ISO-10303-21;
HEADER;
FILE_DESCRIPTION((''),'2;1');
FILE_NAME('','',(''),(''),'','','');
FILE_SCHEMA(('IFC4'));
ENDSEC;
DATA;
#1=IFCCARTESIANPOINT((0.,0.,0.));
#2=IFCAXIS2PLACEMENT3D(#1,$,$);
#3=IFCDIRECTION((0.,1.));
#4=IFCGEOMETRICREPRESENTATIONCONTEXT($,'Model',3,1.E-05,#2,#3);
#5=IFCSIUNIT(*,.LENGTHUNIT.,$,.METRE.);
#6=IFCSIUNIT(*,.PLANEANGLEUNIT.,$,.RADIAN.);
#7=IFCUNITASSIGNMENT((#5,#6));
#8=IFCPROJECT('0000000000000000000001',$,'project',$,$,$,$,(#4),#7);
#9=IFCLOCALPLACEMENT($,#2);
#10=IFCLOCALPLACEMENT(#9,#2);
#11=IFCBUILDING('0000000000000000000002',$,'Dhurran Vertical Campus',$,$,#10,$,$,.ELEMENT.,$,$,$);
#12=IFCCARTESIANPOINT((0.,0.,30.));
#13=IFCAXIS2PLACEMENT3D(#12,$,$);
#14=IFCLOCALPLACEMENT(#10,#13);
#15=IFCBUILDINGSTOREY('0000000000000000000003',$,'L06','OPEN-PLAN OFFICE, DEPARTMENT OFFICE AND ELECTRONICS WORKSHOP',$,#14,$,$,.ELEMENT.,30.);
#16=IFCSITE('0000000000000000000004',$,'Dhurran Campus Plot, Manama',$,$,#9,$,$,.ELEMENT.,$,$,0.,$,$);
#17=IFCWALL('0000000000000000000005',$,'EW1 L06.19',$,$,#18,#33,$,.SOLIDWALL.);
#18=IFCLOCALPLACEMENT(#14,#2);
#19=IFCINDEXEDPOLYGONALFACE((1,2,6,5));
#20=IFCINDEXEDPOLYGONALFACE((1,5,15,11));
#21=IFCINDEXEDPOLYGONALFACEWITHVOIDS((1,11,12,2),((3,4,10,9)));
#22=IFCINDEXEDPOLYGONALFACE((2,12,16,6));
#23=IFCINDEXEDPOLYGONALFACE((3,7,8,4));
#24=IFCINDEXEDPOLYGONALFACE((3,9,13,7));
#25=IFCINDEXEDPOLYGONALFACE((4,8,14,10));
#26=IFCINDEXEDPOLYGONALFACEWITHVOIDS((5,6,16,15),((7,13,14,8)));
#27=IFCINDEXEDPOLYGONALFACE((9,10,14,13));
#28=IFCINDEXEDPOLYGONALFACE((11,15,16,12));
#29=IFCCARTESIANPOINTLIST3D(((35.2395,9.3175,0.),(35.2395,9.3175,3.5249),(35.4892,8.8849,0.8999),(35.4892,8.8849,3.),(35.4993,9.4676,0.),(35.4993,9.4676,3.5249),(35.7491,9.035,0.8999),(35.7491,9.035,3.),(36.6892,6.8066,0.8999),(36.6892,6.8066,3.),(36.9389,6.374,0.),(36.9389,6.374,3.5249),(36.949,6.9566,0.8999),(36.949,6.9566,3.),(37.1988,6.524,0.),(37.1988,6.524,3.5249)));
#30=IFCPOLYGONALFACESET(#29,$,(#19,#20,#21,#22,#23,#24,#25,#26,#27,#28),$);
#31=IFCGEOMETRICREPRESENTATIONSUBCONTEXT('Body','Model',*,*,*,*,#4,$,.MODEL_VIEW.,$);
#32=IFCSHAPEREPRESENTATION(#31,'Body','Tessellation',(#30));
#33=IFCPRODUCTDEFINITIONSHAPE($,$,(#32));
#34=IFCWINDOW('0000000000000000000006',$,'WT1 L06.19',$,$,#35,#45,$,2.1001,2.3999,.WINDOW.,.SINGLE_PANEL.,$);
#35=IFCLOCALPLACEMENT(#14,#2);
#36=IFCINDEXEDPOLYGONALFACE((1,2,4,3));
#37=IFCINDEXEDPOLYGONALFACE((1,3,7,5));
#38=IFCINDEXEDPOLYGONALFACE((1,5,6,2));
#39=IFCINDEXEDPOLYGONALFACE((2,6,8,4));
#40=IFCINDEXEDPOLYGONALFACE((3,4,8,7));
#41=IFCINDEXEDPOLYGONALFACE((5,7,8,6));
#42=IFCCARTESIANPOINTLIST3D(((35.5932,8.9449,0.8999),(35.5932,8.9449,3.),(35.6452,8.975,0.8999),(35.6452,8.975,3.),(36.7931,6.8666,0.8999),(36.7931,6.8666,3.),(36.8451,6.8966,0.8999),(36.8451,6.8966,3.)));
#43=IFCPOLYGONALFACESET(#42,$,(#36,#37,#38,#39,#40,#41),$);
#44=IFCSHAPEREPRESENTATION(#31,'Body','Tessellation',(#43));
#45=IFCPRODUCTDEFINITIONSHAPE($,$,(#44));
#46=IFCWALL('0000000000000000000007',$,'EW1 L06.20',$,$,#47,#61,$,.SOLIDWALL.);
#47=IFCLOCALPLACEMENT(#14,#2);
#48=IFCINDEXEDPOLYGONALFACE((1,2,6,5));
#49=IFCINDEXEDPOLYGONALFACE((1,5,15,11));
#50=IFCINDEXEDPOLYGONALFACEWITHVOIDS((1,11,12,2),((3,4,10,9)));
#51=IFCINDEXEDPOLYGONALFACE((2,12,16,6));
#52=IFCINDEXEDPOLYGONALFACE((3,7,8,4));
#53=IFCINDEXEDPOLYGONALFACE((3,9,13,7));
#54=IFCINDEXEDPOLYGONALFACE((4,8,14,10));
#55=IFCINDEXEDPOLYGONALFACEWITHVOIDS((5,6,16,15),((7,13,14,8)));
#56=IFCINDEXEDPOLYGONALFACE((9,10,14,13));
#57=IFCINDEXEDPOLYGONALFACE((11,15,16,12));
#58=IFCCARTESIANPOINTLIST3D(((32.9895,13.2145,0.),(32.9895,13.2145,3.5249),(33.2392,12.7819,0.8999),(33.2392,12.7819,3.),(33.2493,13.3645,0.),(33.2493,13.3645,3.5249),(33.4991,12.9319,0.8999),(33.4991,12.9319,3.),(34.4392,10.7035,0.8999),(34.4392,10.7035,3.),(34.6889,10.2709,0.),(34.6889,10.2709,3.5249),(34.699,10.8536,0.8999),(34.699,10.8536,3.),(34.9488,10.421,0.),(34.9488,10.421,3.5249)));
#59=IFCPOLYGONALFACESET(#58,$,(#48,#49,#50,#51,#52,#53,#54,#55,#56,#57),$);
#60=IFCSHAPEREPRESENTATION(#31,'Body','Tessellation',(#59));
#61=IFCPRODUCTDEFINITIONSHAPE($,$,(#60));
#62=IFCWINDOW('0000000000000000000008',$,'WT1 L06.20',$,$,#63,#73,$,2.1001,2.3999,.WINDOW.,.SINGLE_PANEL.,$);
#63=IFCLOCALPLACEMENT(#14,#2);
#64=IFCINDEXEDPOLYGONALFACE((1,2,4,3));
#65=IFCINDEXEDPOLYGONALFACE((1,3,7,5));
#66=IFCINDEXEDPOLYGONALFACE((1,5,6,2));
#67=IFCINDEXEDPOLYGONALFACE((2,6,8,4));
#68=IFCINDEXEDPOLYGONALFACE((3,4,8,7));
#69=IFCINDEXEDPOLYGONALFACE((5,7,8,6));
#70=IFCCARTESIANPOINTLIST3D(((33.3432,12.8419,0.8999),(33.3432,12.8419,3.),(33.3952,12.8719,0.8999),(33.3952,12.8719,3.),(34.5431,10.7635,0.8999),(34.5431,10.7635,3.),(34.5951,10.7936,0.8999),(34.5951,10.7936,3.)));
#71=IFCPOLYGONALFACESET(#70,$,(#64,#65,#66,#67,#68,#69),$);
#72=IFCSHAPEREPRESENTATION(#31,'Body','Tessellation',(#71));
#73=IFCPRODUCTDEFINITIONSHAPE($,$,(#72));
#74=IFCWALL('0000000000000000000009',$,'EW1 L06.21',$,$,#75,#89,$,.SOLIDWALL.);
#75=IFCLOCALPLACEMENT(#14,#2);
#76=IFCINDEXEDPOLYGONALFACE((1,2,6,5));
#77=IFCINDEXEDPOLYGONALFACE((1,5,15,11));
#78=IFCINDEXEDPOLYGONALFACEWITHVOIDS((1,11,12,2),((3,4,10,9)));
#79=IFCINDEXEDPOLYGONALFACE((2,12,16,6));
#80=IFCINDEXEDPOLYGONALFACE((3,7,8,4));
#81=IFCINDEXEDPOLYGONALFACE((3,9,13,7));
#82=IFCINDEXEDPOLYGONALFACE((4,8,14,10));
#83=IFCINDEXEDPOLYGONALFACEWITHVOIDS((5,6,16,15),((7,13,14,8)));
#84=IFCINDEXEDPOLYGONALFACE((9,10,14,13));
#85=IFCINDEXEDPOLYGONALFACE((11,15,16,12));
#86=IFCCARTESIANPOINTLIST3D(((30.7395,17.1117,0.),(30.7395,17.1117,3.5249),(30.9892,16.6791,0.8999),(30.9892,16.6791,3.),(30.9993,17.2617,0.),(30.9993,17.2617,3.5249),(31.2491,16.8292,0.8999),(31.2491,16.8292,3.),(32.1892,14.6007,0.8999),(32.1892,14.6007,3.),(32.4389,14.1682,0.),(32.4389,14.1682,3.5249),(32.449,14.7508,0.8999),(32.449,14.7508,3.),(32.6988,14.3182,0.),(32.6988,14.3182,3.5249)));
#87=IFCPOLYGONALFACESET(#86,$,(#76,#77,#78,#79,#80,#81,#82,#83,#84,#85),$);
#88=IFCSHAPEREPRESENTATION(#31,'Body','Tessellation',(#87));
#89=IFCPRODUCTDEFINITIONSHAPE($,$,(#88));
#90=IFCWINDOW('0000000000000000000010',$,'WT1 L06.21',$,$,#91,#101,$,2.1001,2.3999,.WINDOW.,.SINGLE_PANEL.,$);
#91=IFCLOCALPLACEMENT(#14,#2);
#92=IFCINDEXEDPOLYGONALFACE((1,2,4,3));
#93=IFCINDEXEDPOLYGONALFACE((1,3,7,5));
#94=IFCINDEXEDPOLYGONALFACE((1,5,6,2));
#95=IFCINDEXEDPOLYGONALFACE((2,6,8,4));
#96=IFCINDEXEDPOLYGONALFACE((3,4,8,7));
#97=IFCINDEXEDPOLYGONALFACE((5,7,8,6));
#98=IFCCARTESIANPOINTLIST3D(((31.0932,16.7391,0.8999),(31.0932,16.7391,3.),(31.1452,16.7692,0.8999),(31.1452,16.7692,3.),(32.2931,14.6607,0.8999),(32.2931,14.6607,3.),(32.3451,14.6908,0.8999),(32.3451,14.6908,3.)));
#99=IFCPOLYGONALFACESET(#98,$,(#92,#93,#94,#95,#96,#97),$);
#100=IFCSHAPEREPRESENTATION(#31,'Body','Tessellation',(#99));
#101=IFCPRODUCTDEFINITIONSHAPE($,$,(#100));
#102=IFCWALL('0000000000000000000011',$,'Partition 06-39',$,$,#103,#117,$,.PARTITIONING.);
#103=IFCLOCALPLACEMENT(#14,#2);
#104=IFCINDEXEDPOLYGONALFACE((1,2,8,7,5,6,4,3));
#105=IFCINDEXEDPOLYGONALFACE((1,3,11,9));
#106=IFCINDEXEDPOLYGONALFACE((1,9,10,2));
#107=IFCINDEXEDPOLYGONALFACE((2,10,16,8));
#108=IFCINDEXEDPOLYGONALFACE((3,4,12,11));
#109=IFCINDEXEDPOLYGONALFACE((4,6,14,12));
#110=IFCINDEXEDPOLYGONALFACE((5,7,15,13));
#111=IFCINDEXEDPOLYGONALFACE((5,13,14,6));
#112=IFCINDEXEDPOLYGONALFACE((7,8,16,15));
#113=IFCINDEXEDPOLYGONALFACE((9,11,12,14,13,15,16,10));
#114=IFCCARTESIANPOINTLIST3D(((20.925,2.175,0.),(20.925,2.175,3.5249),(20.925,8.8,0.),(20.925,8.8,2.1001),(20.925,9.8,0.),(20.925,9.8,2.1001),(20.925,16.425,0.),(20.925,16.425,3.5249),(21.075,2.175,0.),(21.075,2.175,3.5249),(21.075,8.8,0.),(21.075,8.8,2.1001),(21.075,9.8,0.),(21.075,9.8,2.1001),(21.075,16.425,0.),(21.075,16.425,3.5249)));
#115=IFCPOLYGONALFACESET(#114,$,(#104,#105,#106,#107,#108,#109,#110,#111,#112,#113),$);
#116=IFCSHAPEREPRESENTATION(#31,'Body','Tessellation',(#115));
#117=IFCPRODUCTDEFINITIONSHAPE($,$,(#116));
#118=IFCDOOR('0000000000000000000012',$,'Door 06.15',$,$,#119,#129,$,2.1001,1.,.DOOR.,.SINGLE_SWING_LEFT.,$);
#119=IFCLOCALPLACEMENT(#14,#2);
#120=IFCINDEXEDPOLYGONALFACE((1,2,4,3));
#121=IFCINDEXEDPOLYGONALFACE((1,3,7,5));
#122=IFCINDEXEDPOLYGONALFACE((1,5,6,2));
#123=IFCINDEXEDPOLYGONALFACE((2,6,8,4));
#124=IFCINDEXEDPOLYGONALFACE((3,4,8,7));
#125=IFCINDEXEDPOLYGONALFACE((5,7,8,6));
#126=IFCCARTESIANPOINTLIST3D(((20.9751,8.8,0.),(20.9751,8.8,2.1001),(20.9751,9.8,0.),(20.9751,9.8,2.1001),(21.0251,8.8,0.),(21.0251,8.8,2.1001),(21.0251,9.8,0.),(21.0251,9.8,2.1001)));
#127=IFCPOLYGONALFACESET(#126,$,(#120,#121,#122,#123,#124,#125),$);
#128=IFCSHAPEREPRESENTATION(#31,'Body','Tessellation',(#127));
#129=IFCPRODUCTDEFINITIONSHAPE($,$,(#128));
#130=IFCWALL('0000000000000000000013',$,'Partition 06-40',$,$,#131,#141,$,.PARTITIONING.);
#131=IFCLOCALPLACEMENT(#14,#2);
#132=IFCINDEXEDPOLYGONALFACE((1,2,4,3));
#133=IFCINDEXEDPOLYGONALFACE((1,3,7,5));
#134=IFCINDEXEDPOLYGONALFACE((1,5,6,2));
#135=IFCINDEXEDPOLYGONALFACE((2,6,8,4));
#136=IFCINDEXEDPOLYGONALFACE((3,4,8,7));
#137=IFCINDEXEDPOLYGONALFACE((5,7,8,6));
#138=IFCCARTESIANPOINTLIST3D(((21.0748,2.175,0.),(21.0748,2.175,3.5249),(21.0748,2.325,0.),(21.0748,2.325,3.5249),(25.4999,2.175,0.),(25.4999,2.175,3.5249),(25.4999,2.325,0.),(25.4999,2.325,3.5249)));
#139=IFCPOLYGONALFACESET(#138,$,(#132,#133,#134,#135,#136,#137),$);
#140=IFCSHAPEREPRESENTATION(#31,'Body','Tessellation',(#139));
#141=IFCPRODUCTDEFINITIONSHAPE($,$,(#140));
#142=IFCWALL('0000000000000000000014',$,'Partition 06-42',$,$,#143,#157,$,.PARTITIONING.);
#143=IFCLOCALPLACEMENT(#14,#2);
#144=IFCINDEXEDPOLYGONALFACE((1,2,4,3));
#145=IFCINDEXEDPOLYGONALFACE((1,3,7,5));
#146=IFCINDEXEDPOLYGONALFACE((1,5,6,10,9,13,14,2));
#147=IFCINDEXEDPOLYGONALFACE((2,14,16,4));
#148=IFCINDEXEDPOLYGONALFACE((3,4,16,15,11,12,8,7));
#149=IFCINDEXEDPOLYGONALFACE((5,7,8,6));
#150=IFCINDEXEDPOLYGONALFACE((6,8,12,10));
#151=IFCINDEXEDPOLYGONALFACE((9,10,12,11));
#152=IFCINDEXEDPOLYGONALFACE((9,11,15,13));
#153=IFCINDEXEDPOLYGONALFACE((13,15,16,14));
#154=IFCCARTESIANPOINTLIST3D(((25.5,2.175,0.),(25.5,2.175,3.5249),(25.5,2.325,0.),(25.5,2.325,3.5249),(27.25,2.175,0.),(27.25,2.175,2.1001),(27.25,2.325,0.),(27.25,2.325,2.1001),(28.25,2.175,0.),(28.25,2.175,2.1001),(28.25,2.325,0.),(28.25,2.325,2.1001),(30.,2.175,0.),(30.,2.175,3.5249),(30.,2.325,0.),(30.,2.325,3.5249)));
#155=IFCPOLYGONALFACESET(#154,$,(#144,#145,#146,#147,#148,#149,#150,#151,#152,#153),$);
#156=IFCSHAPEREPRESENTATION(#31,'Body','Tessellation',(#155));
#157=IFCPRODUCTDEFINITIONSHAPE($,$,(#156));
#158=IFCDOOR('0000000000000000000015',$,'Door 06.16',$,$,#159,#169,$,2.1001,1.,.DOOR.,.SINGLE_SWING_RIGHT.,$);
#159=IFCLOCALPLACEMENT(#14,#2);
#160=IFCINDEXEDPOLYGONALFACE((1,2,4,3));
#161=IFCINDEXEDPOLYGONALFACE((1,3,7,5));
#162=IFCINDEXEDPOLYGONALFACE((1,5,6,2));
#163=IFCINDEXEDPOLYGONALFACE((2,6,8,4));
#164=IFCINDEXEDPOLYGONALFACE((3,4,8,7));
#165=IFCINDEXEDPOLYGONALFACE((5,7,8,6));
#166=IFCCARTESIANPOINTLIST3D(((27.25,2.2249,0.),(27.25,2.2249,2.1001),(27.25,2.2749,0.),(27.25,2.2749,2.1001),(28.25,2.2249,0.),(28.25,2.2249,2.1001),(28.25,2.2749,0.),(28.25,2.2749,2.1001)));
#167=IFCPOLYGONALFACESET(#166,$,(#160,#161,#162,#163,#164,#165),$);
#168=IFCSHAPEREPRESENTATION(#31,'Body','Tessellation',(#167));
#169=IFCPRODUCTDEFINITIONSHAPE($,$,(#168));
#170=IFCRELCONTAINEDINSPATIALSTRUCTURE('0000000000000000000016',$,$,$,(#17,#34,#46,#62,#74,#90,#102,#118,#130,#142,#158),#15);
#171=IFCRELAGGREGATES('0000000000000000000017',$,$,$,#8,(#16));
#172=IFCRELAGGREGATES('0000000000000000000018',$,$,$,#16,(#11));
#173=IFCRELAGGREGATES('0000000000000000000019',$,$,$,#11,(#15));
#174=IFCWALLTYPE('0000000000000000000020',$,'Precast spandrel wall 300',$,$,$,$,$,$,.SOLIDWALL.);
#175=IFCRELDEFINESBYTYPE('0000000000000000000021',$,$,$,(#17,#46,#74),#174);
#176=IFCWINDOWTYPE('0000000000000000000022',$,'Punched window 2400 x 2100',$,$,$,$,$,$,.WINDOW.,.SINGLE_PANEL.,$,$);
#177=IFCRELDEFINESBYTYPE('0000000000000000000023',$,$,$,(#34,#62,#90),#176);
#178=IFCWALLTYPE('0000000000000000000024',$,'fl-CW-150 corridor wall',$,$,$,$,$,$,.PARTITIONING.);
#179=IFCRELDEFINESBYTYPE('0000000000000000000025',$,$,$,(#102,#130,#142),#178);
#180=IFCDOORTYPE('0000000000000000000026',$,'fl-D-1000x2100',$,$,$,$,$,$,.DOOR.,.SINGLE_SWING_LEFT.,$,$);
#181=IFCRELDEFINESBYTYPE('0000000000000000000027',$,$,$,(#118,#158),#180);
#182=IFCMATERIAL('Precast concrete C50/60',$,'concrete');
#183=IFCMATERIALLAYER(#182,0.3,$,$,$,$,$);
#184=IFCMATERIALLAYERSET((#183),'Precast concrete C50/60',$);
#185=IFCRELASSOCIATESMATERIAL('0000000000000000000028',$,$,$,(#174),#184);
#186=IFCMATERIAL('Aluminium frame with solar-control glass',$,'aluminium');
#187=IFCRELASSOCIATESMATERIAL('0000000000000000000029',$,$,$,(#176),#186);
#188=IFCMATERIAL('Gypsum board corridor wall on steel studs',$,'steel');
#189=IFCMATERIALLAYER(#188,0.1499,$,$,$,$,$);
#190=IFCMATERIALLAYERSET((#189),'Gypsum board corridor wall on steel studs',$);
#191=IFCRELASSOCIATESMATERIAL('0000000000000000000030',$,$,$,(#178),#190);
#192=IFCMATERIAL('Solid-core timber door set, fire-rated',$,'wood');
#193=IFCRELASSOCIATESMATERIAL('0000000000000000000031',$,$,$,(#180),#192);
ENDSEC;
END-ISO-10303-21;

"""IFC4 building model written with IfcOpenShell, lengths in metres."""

from ifc_helpers import new_model, si_unit, direction, frame, frame_2d, origin, place, context, subcontext, project, spatial, rectangle, extrude, material, layer, layer_set, type_object, element, fill, save


model = new_model("IFC4")

# Units and contexts
model_context = context("Model", 3, precision=1e-05, world=origin(), true_north=direction((0.0, 1.0)))
body_context = subcontext(model_context, "Body", "Model", "MODEL_VIEW")
ifc_project = project(units=[si_unit("LENGTHUNIT", "METRE"), si_unit("PLANEANGLEUNIT", "RADIAN")], contexts=[model_context])

# Site, building, storey
site_placement = place(None, origin())
site = spatial("IfcSite", under=ifc_project, at=site_placement, Name="Dhurran Campus Plot, Manama", CompositionType="ELEMENT", RefElevation=0.0)
building_placement = place(site_placement, origin())
building = spatial("IfcBuilding", under=site, at=building_placement, Name="Dhurran Vertical Campus", CompositionType="ELEMENT")
storey_placement = place(building_placement, frame((0.0, 0.0, 30.0)))
storey = spatial("IfcBuildingStorey", under=building, at=storey_placement, Name="L06", Description="OPEN-PLAN OFFICE, DEPARTMENT OFFICE AND ELECTRONICS WORKSHOP", CompositionType="ELEMENT", Elevation=30.0)

# Walls, openings, windows
ifc_material_1 = material(Name="Precast concrete C50/60", Category="concrete")
ifc_layer_1 = layer(ifc_material_1, 0.3)
ifc_layer_set_1 = layer_set([ifc_layer_1], Name="Precast concrete C50/60")
wall_type_1 = type_object("IfcWallType", Name="Precast spandrel wall 300", PredefinedType="SOLIDWALL", material=ifc_layer_set_1)
ifc_material_2 = material(Name="Aluminium frame with solar-control glass", Category="aluminium")
window_type = type_object("IfcWindowType", Name="Punched window 2400 x 2100", PartitioningType="SINGLE_PANEL", PredefinedType="WINDOW", material=ifc_material_2)
wall_1_placement = place(storey_placement, frame((37.0688, 6.449, 0.0), z_axis=(0.0, 0.0, 1.0), x_axis=(-0.499994, 0.866029, 0.0)))
wall_1 = element("IfcWall", 1, at=wall_1_placement, inside=storey, type_object=wall_type_1, Name="EW1 L06.19", PredefinedType="SOLIDWALL", context=body_context, shape_type="SweptSolid", body=[
    extrude(rectangle(XDim=3.3989, YDim=0.3, at=frame_2d((1.6995, 0.0))), origin(), (0.0, 0.0, 1.0), 3.5249),
])
opening_1_placement = place(wall_1_placement, frame((0.4995, 0.0, 0.8999)))
opening_1 = element("IfcOpeningElement", 2, at=opening_1_placement, cuts=wall_1, PredefinedType="OPENING", context=body_context, shape_type="SweptSolid", body=[
    extrude(rectangle(XDim=2.3999, YDim=2.1001, at=frame_2d((1.2, 1.05))), frame((0.0, 0.1599, 0.0), z_axis=(0.0, -1.0, 0.0), x_axis=(1.0, 0.0, 0.0)), (0.0, 0.0, 1.0), 0.3201),
])
window_1_placement = place(opening_1_placement, origin())
window_1 = element("IfcWindow", 3, at=window_1_placement, inside=storey, type_object=window_type, Name="WT1 L06.19", OverallHeight=2.1001, OverallWidth=2.3999, PartitioningType="SINGLE_PANEL", PredefinedType="WINDOW", context=body_context, shape_type="SweptSolid", body=[
    extrude(rectangle(XDim=2.3999, YDim=2.1001, at=frame_2d((1.2, 1.05))), frame((0.0, 0.03, 0.0), z_axis=(0.0, -1.0, 0.0), x_axis=(1.0, 0.0, 0.0)), (0.0, 0.0, 1.0), 0.0601),
])
fill(opening_1, window_1)
wall_2_placement = place(storey_placement, frame((34.8188, 10.3459, 0.0), z_axis=(0.0, 0.0, 1.0), x_axis=(-0.499994, 0.866029, 0.0)))
wall_2 = element("IfcWall", 4, at=wall_2_placement, inside=storey, type_object=wall_type_1, Name="EW1 L06.20", PredefinedType="SOLIDWALL", context=body_context, shape_type="SweptSolid", body=[
    extrude(rectangle(XDim=3.3989, YDim=0.3, at=frame_2d((1.6995, 0.0))), origin(), (0.0, 0.0, 1.0), 3.5249),
])
opening_2_placement = place(wall_2_placement, frame((0.4995, 0.0, 0.8999)))
opening_2 = element("IfcOpeningElement", 5, at=opening_2_placement, cuts=wall_2, PredefinedType="OPENING", context=body_context, shape_type="SweptSolid", body=[
    extrude(rectangle(XDim=2.3999, YDim=2.1001, at=frame_2d((1.2, 1.05))), frame((0.0, 0.1599, 0.0), z_axis=(0.0, -1.0, 0.0), x_axis=(1.0, 0.0, 0.0)), (0.0, 0.0, 1.0), 0.3201),
])
window_2_placement = place(opening_2_placement, origin())
window_2 = element("IfcWindow", 6, at=window_2_placement, inside=storey, type_object=window_type, Name="WT1 L06.20", OverallHeight=2.1001, OverallWidth=2.3999, PartitioningType="SINGLE_PANEL", PredefinedType="WINDOW", context=body_context, shape_type="SweptSolid", body=[
    extrude(rectangle(XDim=2.3999, YDim=2.1001, at=frame_2d((1.2, 1.05))), frame((0.0, 0.03, 0.0), z_axis=(0.0, -1.0, 0.0), x_axis=(1.0, 0.0, 0.0)), (0.0, 0.0, 1.0), 0.0601),
])
fill(opening_2, window_2)
wall_3_placement = place(storey_placement, frame((32.5688, 14.2432, 0.0), z_axis=(0.0, 0.0, 1.0), x_axis=(-0.499994, 0.866029, 0.0)))
wall_3 = element("IfcWall", 7, at=wall_3_placement, inside=storey, type_object=wall_type_1, Name="EW1 L06.21", PredefinedType="SOLIDWALL", context=body_context, shape_type="SweptSolid", body=[
    extrude(rectangle(XDim=3.3989, YDim=0.3, at=frame_2d((1.6995, 0.0))), origin(), (0.0, 0.0, 1.0), 3.5249),
])
opening_3_placement = place(wall_3_placement, frame((0.4995, 0.0, 0.8999)))
opening_3 = element("IfcOpeningElement", 8, at=opening_3_placement, cuts=wall_3, PredefinedType="OPENING", context=body_context, shape_type="SweptSolid", body=[
    extrude(rectangle(XDim=2.3999, YDim=2.1001, at=frame_2d((1.2, 1.05))), frame((0.0, 0.1599, 0.0), z_axis=(0.0, -1.0, 0.0), x_axis=(1.0, 0.0, 0.0)), (0.0, 0.0, 1.0), 0.3201),
])
window_3_placement = place(opening_3_placement, origin())
window_3 = element("IfcWindow", 9, at=window_3_placement, inside=storey, type_object=window_type, Name="WT1 L06.21", OverallHeight=2.1001, OverallWidth=2.3999, PartitioningType="SINGLE_PANEL", PredefinedType="WINDOW", context=body_context, shape_type="SweptSolid", body=[
    extrude(rectangle(XDim=2.3999, YDim=2.1001, at=frame_2d((1.2, 1.05))), frame((0.0, 0.03, 0.0), z_axis=(0.0, -1.0, 0.0), x_axis=(1.0, 0.0, 0.0)), (0.0, 0.0, 1.0), 0.0601),
])
fill(opening_3, window_3)

# Wall, opening, door
ifc_material_3 = material(Name="Gypsum board corridor wall on steel studs", Category="steel")
ifc_layer_2 = layer(ifc_material_3, 0.1499)
ifc_layer_set_2 = layer_set([ifc_layer_2], Name="Gypsum board corridor wall on steel studs")
wall_type_2 = type_object("IfcWallType", Name="fl-CW-150 corridor wall", PredefinedType="PARTITIONING", material=ifc_layer_set_2)
wall_4_placement = place(storey_placement, frame((21.0, 2.175, 0.0), z_axis=(0.0, 0.0, 1.0), x_axis=(0.0, 1.0, 0.0)))
wall_4 = element("IfcWall", 10, at=wall_4_placement, inside=storey, type_object=wall_type_2, Name="Partition 06-39", PredefinedType="PARTITIONING", context=body_context, shape_type="SweptSolid", body=[
    extrude(rectangle(XDim=14.25, YDim=0.1499, at=frame_2d((7.125, 0.0))), origin(), (0.0, 0.0, 1.0), 3.5249),
])
opening_4_placement = place(wall_4_placement, frame((6.625, 0.0, 0.0)))
opening_4 = element("IfcOpeningElement", 11, at=opening_4_placement, cuts=wall_4, PredefinedType="OPENING", context=body_context, shape_type="SweptSolid", body=[
    extrude(rectangle(XDim=1.0, YDim=2.1001, at=frame_2d((0.5, 1.05))), frame((0.0, 0.085, 0.0), z_axis=(0.0, -1.0, 0.0), x_axis=(1.0, 0.0, 0.0)), (0.0, 0.0, 1.0), 0.1699),
])
ifc_material_4 = material(Name="Solid-core timber door set, fire-rated", Category="wood")
door_type = type_object("IfcDoorType", Name="fl-D-1000x2100", OperationType="SINGLE_SWING_LEFT", PredefinedType="DOOR", material=ifc_material_4)
door_1_placement = place(opening_4_placement, origin())
door_1 = element("IfcDoor", 12, at=door_1_placement, inside=storey, type_object=door_type, Name="Door 06.15", OperationType="SINGLE_SWING_LEFT", OverallHeight=2.1001, OverallWidth=1.0, PredefinedType="DOOR", context=body_context, shape_type="SweptSolid", body=[
    extrude(rectangle(XDim=1.0, YDim=2.1001, at=frame_2d((0.5, 1.05))), frame((0.0, 0.0249, 0.0), z_axis=(0.0, -1.0, 0.0), x_axis=(1.0, 0.0, 0.0)), (0.0, 0.0, 1.0), 0.05),
])
fill(opening_4, door_1)

# Wall
wall_5_placement = place(storey_placement, frame((21.075, 2.25, 0.0), z_axis=(0.0, 0.0, 1.0), x_axis=(1.0, 0.0, 0.0)))
element("IfcWall", 13, at=wall_5_placement, inside=storey, type_object=wall_type_2, Name="Partition 06-40", PredefinedType="PARTITIONING", context=body_context, shape_type="SweptSolid", body=[
    extrude(rectangle(XDim=4.425, YDim=0.1499, at=frame_2d((2.2124, 0.0))), origin(), (0.0, 0.0, 1.0), 3.5249),
])

# Wall, opening, door
wall_6_placement = place(storey_placement, frame((25.5, 2.25, 0.0), z_axis=(0.0, 0.0, 1.0), x_axis=(1.0, 0.0, 0.0)))
wall_6 = element("IfcWall", 14, at=wall_6_placement, inside=storey, type_object=wall_type_2, Name="Partition 06-42", PredefinedType="PARTITIONING", context=body_context, shape_type="SweptSolid", body=[
    extrude(rectangle(XDim=4.5, YDim=0.1499, at=frame_2d((2.25, 0.0))), origin(), (0.0, 0.0, 1.0), 3.5249),
])
opening_5_placement = place(wall_6_placement, frame((1.75, 0.0, 0.0)))
opening_5 = element("IfcOpeningElement", 15, at=opening_5_placement, cuts=wall_6, PredefinedType="OPENING", context=body_context, shape_type="SweptSolid", body=[
    extrude(rectangle(XDim=1.0, YDim=2.1001, at=frame_2d((0.5, 1.05))), frame((0.0, 0.085, 0.0), z_axis=(0.0, -1.0, 0.0), x_axis=(1.0, 0.0, 0.0)), (0.0, 0.0, 1.0), 0.1699),
])
door_2_placement = place(opening_5_placement, origin())
door_2 = element("IfcDoor", 16, at=door_2_placement, inside=storey, type_object=door_type, Name="Door 06.16", OperationType="SINGLE_SWING_RIGHT", OverallHeight=2.1001, OverallWidth=1.0, PredefinedType="DOOR", context=body_context, shape_type="SweptSolid", body=[
    extrude(rectangle(XDim=1.0, YDim=2.1001, at=frame_2d((0.5, 1.05))), frame((0.0, 0.0249, 0.0), z_axis=(0.0, -1.0, 0.0), x_axis=(1.0, 0.0, 0.0)), (0.0, 0.0, 1.0), 0.05),
])
fill(opening_5, door_2)

save(model, "model.ifc")
